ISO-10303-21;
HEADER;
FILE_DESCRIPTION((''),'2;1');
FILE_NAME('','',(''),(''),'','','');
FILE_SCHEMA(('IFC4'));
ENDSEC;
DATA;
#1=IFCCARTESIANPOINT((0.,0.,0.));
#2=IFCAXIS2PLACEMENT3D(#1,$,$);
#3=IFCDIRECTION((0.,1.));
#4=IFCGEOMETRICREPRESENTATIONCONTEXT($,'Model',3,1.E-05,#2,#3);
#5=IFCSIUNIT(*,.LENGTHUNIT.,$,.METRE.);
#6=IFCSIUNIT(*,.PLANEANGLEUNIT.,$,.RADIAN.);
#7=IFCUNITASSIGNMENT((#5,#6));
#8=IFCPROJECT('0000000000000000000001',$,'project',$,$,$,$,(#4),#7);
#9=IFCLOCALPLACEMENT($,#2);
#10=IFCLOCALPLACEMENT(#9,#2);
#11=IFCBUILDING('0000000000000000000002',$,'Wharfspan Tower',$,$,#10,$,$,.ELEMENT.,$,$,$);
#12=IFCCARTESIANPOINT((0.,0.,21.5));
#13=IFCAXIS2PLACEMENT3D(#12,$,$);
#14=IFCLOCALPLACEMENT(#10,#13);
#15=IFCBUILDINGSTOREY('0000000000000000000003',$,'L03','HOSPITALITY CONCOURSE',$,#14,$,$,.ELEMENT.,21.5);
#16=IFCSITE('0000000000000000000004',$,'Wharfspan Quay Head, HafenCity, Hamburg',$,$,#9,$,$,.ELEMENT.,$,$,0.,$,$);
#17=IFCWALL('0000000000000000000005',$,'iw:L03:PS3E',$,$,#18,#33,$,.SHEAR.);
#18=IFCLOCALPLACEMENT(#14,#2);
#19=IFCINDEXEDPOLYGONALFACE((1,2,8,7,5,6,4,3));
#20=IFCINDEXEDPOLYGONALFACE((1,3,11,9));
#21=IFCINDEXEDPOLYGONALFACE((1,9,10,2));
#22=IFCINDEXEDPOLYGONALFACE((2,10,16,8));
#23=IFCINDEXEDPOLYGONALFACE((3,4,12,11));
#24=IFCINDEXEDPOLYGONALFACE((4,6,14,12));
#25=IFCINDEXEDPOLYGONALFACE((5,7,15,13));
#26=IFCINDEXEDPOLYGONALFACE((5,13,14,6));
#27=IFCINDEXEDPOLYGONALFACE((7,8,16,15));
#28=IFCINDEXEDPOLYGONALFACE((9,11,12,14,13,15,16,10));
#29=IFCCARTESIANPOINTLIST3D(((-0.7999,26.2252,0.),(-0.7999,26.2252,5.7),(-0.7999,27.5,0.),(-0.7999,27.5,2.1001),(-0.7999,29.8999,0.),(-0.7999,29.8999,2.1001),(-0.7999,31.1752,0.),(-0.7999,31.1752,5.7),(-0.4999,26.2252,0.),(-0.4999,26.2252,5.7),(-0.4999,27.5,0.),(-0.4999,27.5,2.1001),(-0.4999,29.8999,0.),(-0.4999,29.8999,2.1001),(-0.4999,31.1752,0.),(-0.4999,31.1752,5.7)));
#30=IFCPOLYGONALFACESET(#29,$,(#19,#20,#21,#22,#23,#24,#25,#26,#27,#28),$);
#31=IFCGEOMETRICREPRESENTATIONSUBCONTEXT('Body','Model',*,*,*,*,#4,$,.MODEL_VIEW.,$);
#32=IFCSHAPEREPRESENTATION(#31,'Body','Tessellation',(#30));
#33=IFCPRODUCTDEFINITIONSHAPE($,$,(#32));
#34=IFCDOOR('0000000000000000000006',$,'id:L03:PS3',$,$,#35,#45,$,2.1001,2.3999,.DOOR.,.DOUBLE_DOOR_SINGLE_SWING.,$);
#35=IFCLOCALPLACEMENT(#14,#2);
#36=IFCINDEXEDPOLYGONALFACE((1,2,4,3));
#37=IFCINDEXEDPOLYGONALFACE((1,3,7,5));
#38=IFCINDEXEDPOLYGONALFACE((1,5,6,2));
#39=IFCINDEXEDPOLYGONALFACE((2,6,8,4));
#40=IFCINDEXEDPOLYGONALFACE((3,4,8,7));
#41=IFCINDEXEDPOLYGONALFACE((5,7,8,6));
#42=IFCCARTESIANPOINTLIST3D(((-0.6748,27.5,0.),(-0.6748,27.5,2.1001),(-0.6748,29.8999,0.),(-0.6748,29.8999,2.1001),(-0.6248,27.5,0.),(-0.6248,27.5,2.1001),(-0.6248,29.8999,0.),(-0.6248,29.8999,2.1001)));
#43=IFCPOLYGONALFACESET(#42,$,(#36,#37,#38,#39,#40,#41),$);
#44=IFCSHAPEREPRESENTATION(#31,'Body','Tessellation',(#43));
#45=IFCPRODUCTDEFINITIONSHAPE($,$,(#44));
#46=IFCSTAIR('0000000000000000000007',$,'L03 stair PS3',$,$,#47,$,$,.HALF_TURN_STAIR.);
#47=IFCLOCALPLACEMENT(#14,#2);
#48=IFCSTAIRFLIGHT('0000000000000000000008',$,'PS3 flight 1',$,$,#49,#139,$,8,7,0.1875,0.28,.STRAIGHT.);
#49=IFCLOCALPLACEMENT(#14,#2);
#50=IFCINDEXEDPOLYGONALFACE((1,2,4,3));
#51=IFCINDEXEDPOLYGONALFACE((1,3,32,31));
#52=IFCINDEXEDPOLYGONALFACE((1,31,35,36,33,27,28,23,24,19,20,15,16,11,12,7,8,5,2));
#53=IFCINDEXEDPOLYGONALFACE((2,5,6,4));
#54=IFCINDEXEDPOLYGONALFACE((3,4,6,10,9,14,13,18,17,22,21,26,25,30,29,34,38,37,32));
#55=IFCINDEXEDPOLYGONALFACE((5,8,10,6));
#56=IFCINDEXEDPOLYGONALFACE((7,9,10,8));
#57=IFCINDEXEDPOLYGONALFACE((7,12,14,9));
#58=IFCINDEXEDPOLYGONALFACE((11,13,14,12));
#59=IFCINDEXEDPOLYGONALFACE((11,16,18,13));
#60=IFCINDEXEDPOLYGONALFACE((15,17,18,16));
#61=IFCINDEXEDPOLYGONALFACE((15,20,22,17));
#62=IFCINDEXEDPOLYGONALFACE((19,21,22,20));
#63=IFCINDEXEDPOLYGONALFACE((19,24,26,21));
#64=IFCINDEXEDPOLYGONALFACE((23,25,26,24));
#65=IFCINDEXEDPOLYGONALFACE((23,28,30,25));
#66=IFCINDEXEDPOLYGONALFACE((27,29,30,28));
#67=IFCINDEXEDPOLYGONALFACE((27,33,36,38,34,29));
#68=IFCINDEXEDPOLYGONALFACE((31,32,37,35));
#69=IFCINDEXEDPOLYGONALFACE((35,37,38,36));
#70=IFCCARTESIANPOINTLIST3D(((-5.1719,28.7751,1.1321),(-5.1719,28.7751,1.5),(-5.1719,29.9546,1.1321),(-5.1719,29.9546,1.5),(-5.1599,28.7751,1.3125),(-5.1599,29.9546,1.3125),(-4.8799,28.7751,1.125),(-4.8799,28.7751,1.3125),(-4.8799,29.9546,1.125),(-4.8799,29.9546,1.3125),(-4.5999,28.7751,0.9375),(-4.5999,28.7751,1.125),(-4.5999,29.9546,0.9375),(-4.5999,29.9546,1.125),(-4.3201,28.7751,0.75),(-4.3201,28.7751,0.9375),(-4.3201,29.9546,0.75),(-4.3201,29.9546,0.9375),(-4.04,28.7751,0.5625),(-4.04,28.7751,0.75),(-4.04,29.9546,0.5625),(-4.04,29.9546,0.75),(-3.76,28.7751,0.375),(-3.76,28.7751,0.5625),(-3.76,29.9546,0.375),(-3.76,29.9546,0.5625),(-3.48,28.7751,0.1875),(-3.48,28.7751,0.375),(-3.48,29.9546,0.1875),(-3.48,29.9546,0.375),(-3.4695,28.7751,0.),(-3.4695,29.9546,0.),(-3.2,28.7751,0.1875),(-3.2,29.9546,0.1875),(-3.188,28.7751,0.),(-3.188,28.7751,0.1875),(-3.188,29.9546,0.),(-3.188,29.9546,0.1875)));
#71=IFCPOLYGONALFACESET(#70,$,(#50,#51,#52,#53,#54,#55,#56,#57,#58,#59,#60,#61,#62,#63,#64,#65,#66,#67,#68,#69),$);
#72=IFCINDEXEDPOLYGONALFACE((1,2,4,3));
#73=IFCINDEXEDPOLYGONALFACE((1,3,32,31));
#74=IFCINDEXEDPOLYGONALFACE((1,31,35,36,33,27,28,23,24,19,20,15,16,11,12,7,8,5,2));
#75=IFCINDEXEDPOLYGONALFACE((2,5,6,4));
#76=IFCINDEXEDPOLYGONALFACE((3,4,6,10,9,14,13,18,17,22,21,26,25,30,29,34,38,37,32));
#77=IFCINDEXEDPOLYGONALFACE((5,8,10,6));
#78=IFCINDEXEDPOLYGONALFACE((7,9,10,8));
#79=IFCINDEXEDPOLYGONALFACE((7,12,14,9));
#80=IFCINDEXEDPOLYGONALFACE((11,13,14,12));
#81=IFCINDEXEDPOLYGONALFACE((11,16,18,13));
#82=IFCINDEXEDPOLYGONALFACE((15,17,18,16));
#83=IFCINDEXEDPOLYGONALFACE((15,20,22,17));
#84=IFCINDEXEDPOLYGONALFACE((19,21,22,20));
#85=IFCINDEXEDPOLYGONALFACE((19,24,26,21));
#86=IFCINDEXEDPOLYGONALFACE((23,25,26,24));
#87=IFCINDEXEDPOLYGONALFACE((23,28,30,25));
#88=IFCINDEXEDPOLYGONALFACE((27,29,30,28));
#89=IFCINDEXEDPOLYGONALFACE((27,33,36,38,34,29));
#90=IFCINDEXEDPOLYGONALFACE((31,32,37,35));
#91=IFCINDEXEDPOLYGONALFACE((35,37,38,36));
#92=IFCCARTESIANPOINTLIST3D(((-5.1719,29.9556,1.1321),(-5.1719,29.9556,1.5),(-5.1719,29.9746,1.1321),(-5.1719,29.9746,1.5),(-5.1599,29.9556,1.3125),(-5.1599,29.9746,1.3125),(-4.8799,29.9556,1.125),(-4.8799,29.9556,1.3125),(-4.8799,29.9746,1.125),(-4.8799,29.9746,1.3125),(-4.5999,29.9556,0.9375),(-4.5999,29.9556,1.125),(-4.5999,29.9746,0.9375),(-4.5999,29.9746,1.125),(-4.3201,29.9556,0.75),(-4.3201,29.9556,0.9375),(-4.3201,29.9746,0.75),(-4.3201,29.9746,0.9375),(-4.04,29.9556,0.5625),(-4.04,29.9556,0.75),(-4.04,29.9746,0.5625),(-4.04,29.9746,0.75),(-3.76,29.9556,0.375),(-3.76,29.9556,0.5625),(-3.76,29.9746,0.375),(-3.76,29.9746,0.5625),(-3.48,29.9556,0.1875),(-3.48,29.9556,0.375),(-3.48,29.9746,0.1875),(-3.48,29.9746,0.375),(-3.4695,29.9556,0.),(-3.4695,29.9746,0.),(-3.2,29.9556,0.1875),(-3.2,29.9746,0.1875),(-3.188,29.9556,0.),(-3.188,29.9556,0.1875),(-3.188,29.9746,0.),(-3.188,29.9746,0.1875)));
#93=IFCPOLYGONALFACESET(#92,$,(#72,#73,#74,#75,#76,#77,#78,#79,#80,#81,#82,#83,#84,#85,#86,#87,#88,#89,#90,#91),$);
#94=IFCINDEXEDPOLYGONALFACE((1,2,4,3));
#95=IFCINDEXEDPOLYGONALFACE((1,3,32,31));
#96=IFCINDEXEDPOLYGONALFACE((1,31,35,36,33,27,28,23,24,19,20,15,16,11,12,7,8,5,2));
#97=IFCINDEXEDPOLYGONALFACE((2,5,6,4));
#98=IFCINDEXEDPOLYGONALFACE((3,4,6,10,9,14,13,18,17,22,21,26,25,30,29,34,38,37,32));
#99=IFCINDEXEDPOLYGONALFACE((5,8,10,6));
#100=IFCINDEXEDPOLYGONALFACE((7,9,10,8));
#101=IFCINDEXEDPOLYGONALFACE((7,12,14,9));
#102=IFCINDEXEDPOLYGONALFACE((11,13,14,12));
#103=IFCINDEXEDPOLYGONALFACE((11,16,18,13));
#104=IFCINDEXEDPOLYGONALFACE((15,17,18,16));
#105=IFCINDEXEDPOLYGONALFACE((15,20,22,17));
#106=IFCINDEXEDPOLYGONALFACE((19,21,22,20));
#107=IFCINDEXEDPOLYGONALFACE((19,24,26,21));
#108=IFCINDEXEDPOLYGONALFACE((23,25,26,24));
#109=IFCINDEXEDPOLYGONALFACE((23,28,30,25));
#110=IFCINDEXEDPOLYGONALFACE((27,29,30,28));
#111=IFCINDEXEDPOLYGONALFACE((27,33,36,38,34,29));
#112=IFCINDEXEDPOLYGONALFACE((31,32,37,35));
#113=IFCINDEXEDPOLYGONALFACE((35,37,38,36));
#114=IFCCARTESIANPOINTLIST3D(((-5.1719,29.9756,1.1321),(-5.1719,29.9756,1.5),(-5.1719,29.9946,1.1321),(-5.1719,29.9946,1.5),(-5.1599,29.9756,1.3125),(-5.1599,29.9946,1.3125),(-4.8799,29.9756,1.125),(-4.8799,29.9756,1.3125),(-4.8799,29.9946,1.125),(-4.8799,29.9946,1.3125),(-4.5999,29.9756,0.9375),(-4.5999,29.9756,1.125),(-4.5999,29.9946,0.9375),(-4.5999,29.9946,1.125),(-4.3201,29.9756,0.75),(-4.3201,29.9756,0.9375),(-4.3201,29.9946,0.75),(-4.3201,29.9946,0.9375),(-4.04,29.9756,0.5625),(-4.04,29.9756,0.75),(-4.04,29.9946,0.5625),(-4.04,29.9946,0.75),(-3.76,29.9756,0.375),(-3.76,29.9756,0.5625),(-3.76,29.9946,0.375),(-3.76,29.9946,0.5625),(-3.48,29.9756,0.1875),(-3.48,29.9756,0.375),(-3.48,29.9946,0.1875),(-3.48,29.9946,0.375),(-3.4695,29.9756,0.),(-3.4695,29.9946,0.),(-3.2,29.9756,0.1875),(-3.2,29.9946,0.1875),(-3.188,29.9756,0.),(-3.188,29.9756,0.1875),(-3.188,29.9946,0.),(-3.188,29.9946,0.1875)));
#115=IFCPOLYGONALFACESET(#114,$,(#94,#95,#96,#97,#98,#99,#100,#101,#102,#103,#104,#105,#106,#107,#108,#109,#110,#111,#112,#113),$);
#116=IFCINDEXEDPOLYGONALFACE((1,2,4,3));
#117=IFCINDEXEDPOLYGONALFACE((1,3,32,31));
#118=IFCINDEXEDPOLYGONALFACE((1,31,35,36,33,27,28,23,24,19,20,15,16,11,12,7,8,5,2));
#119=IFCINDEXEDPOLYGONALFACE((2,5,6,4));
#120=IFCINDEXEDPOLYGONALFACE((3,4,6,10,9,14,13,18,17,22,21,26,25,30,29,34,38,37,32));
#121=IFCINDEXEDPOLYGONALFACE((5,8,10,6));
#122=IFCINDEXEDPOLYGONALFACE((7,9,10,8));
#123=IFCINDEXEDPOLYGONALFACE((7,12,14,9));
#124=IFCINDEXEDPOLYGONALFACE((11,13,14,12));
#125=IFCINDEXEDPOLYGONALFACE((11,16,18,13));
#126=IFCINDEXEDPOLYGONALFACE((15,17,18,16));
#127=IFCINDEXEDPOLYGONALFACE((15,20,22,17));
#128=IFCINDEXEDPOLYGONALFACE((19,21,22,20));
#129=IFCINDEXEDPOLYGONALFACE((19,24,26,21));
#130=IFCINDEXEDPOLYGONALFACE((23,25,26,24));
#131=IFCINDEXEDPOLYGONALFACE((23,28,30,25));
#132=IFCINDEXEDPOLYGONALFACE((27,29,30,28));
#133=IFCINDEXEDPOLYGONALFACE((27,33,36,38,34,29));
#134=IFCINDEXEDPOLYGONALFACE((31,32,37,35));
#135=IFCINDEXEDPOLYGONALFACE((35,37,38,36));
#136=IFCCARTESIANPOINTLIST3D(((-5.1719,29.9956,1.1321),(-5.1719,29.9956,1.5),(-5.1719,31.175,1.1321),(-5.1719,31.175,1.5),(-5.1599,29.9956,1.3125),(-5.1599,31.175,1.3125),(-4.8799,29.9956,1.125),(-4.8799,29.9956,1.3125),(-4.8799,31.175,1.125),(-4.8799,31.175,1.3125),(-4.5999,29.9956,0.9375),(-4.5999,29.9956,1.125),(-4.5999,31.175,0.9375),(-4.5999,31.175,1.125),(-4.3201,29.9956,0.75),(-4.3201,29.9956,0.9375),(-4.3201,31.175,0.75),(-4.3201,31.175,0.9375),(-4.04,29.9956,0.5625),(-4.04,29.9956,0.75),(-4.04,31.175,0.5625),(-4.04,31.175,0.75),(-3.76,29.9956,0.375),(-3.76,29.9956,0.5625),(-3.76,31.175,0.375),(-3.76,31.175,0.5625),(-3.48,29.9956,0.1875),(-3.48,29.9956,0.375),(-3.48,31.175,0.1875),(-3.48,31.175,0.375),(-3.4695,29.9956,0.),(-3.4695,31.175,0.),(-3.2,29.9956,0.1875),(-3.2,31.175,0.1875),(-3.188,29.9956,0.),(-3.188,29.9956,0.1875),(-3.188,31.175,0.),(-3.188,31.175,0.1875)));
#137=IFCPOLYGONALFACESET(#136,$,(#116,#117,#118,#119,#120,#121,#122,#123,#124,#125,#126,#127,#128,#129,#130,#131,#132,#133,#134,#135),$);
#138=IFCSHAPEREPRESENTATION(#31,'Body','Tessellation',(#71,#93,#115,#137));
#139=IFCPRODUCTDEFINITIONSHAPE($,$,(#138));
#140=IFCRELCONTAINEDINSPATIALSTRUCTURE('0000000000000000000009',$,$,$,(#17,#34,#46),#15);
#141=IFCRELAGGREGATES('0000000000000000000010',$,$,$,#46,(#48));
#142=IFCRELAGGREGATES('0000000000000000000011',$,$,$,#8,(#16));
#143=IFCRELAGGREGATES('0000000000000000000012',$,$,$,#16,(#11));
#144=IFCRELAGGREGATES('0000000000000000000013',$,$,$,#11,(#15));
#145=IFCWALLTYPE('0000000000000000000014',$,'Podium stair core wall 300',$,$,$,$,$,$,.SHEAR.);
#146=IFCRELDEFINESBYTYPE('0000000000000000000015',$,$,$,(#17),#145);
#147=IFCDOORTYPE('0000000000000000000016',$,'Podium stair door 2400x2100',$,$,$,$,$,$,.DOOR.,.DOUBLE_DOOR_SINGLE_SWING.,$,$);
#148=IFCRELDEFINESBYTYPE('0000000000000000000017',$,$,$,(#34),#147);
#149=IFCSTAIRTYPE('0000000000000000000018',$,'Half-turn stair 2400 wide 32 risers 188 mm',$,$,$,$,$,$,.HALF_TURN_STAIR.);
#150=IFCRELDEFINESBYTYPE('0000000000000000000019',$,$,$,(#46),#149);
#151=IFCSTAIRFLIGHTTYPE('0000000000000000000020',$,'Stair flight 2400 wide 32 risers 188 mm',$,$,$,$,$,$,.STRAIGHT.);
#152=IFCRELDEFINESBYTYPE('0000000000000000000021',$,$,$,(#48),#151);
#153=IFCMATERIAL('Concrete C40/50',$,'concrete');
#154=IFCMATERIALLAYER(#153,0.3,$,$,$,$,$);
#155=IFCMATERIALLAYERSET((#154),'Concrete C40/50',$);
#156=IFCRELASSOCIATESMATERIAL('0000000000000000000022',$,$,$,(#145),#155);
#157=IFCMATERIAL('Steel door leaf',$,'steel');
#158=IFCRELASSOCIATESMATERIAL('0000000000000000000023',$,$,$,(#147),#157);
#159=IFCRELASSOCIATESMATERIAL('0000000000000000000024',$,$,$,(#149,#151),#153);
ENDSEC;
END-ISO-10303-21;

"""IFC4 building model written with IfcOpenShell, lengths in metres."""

from ifc_helpers import new_model, si_unit, direction, frame, frame_2d, origin, place, context, subcontext, project, spatial, polyline, rectangle, outline, extrude, material, layer, layer_set, type_object, element, fill, aggregate, save


model = new_model("IFC4")

# Units and contexts
model_context = context("Model", 3, precision=1e-05, world=origin(), true_north=direction((0.0, 1.0)))
body_context = subcontext(model_context, "Body", "Model", "MODEL_VIEW")
ifc_project = project(units=[si_unit("LENGTHUNIT", "METRE"), si_unit("PLANEANGLEUNIT", "RADIAN")], contexts=[model_context])

# Site, building, storey
site_placement = place(None, origin())
site = spatial("IfcSite", under=ifc_project, at=site_placement, Name="Wharfspan Quay Head, HafenCity, Hamburg", CompositionType="ELEMENT", RefElevation=0.0)
building_placement = place(site_placement, origin())
building = spatial("IfcBuilding", under=site, at=building_placement, Name="Wharfspan Tower", CompositionType="ELEMENT")
storey_placement = place(building_placement, frame((0.0, 0.0, 21.5)))
storey = spatial("IfcBuildingStorey", under=building, at=storey_placement, Name="L03", Description="HOSPITALITY CONCOURSE", CompositionType="ELEMENT", Elevation=21.5)

# Wall, opening, door
ifc_material_1 = material(Name="Concrete C40/50", Category="concrete")
ifc_layer = layer(ifc_material_1, 0.3)
ifc_layer_set = layer_set([ifc_layer], Name="Concrete C40/50")
wall_type = type_object("IfcWallType", Name="Podium stair core wall 300", PredefinedType="SHEAR", material=ifc_layer_set)
ifc_material_2 = material(Name="Steel door leaf", Category="steel")
door_type = type_object("IfcDoorType", Name="Podium stair door 2400x2100", OperationType="DOUBLE_DOOR_SINGLE_SWING", PredefinedType="DOOR", material=ifc_material_2)
wall_1_placement = place(storey_placement, frame((-0.6499, 26.2251, 0.0), z_axis=(0.0, 0.0, 1.0), x_axis=(0.0, 1.0, 0.0)))
wall_1 = element("IfcWall", 1, at=wall_1_placement, inside=storey, type_object=wall_type, Name="iw:L03:PS3E", PredefinedType="SHEAR", context=body_context, shape_type="SweptSolid", body=[
    extrude(rectangle(XDim=4.95, YDim=0.3, at=frame_2d((2.4751, 0.0))), origin(), (0.0, 0.0, 1.0), 5.7),
])
opening_1_placement = place(wall_1_placement, frame((1.2749, 0.0, 0.0)))
opening_1 = element("IfcOpeningElement", 2, at=opening_1_placement, cuts=wall_1, PredefinedType="OPENING", context=body_context, shape_type="SweptSolid", body=[
    extrude(rectangle(XDim=2.3999, YDim=2.1001, at=frame_2d((1.2, 1.05))), frame((0.0, 0.1599, 0.0), z_axis=(0.0, -1.0, 0.0), x_axis=(1.0, 0.0, 0.0)), (0.0, 0.0, 1.0), 0.3201),
])
door_1_placement = place(opening_1_placement, origin())
door_1 = element("IfcDoor", 3, at=door_1_placement, inside=storey, type_object=door_type, Name="id:L03:PS3", OperationType="DOUBLE_DOOR_SINGLE_SWING", OverallHeight=2.1001, OverallWidth=2.3999, PredefinedType="DOOR", context=body_context, shape_type="SweptSolid", body=[
    extrude(rectangle(XDim=2.3999, YDim=2.1001, at=frame_2d((1.2, 1.05))), frame((0.0, 0.0249, 0.0), z_axis=(0.0, -1.0, 0.0), x_axis=(1.0, 0.0, 0.0)), (0.0, 0.0, 1.0), 0.05),
])
fill(opening_1, door_1)

# Stair, stair flight
stair_type = type_object("IfcStairType", Name="Half-turn stair 2400 wide 32 risers 188 mm", PredefinedType="HALF_TURN_STAIR", material=ifc_material_1)
stair_placement = place(storey_placement, origin())
stair = element("IfcStair", 4, at=stair_placement, inside=storey, type_object=stair_type, Name="L03 stair PS3", PredefinedType="HALF_TURN_STAIR")
stair_flight_type = type_object("IfcStairFlightType", Name="Stair flight 2400 wide 32 risers 188 mm", PredefinedType="STRAIGHT", material=ifc_material_1)
stair_flight_1_placement = place(storey_placement, frame((-3.2, 29.9751, 0.0), z_axis=(0.0, 0.0, 1.0), x_axis=(-1.0, 0.0, 0.0)))
stair_flight_1 = element("IfcStairFlight", 5, at=stair_flight_1_placement, type_object=stair_flight_type, Name="PS3 flight 1", NumberOfRisers=8, NumberOfTreads=7, PredefinedType="STRAIGHT", RiserHeight=0.1875, TreadLength=0.28, context=body_context, shape_type="SweptSolid", body=[
    extrude(outline(polyline([(-0.012, 0.0), (-0.012, 0.1875), (0.0, 0.1875), (0.28, 0.1875), (0.28, 0.375), (0.5601, 0.375), (0.5601, 0.5625), (0.8401, 0.5625), (0.8401, 0.75), (1.1201, 0.75), (1.1201, 0.9375), (1.3999, 0.9375), (1.3999, 1.125), (1.6799, 1.125), (1.6799, 1.3125), (1.96, 1.3125), (1.9719, 1.5), (1.9719, 1.1321), (0.2695, 0.0), (-0.012, 0.0)])), frame((0.0, 1.2, 0.0), z_axis=(0.0, -1.0, 0.0), x_axis=(1.0, 0.0, 0.0)), (0.0, 0.0, 1.0), 1.1794),
    extrude(outline(polyline([(-0.012, 0.0), (-0.012, 0.1875), (0.0, 0.1875), (0.28, 0.1875), (0.28, 0.375), (0.5601, 0.375), (0.5601, 0.5625), (0.8401, 0.5625), (0.8401, 0.75), (1.1201, 0.75), (1.1201, 0.9375), (1.3999, 0.9375), (1.3999, 1.125), (1.6799, 1.125), (1.6799, 1.3125), (1.96, 1.3125), (1.9719, 1.5), (1.9719, 1.1321), (0.2695, 0.0), (-0.012, 0.0)])), frame((0.0, 0.0195, 0.0), z_axis=(0.0, -1.0, 0.0), x_axis=(1.0, 0.0, 0.0)), (0.0, 0.0, 1.0), 0.019),
    extrude(outline(polyline([(-0.012, 0.0), (-0.012, 0.1875), (0.0, 0.1875), (0.28, 0.1875), (0.28, 0.375), (0.5601, 0.375), (0.5601, 0.5625), (0.8401, 0.5625), (0.8401, 0.75), (1.1201, 0.75), (1.1201, 0.9375), (1.3999, 0.9375), (1.3999, 1.125), (1.6799, 1.125), (1.6799, 1.3125), (1.96, 1.3125), (1.9719, 1.5), (1.9719, 1.1321), (0.2695, 0.0), (-0.012, 0.0)])), frame((0.0, -0.0005, 0.0), z_axis=(0.0, -1.0, 0.0), x_axis=(1.0, 0.0, 0.0)), (0.0, 0.0, 1.0), 0.019),
    extrude(outline(polyline([(-0.012, 0.0), (-0.012, 0.1875), (0.0, 0.1875), (0.28, 0.1875), (0.28, 0.375), (0.5601, 0.375), (0.5601, 0.5625), (0.8401, 0.5625), (0.8401, 0.75), (1.1201, 0.75), (1.1201, 0.9375), (1.3999, 0.9375), (1.3999, 1.125), (1.6799, 1.125), (1.6799, 1.3125), (1.96, 1.3125), (1.9719, 1.5), (1.9719, 1.1321), (0.2695, 0.0), (-0.012, 0.0)])), frame((0.0, -0.0205, 0.0), z_axis=(0.0, -1.0, 0.0), x_axis=(1.0, 0.0, 0.0)), (0.0, 0.0, 1.0), 1.1794),
])
aggregate(stair, [stair_flight_1])

save(model, "model.ifc")
